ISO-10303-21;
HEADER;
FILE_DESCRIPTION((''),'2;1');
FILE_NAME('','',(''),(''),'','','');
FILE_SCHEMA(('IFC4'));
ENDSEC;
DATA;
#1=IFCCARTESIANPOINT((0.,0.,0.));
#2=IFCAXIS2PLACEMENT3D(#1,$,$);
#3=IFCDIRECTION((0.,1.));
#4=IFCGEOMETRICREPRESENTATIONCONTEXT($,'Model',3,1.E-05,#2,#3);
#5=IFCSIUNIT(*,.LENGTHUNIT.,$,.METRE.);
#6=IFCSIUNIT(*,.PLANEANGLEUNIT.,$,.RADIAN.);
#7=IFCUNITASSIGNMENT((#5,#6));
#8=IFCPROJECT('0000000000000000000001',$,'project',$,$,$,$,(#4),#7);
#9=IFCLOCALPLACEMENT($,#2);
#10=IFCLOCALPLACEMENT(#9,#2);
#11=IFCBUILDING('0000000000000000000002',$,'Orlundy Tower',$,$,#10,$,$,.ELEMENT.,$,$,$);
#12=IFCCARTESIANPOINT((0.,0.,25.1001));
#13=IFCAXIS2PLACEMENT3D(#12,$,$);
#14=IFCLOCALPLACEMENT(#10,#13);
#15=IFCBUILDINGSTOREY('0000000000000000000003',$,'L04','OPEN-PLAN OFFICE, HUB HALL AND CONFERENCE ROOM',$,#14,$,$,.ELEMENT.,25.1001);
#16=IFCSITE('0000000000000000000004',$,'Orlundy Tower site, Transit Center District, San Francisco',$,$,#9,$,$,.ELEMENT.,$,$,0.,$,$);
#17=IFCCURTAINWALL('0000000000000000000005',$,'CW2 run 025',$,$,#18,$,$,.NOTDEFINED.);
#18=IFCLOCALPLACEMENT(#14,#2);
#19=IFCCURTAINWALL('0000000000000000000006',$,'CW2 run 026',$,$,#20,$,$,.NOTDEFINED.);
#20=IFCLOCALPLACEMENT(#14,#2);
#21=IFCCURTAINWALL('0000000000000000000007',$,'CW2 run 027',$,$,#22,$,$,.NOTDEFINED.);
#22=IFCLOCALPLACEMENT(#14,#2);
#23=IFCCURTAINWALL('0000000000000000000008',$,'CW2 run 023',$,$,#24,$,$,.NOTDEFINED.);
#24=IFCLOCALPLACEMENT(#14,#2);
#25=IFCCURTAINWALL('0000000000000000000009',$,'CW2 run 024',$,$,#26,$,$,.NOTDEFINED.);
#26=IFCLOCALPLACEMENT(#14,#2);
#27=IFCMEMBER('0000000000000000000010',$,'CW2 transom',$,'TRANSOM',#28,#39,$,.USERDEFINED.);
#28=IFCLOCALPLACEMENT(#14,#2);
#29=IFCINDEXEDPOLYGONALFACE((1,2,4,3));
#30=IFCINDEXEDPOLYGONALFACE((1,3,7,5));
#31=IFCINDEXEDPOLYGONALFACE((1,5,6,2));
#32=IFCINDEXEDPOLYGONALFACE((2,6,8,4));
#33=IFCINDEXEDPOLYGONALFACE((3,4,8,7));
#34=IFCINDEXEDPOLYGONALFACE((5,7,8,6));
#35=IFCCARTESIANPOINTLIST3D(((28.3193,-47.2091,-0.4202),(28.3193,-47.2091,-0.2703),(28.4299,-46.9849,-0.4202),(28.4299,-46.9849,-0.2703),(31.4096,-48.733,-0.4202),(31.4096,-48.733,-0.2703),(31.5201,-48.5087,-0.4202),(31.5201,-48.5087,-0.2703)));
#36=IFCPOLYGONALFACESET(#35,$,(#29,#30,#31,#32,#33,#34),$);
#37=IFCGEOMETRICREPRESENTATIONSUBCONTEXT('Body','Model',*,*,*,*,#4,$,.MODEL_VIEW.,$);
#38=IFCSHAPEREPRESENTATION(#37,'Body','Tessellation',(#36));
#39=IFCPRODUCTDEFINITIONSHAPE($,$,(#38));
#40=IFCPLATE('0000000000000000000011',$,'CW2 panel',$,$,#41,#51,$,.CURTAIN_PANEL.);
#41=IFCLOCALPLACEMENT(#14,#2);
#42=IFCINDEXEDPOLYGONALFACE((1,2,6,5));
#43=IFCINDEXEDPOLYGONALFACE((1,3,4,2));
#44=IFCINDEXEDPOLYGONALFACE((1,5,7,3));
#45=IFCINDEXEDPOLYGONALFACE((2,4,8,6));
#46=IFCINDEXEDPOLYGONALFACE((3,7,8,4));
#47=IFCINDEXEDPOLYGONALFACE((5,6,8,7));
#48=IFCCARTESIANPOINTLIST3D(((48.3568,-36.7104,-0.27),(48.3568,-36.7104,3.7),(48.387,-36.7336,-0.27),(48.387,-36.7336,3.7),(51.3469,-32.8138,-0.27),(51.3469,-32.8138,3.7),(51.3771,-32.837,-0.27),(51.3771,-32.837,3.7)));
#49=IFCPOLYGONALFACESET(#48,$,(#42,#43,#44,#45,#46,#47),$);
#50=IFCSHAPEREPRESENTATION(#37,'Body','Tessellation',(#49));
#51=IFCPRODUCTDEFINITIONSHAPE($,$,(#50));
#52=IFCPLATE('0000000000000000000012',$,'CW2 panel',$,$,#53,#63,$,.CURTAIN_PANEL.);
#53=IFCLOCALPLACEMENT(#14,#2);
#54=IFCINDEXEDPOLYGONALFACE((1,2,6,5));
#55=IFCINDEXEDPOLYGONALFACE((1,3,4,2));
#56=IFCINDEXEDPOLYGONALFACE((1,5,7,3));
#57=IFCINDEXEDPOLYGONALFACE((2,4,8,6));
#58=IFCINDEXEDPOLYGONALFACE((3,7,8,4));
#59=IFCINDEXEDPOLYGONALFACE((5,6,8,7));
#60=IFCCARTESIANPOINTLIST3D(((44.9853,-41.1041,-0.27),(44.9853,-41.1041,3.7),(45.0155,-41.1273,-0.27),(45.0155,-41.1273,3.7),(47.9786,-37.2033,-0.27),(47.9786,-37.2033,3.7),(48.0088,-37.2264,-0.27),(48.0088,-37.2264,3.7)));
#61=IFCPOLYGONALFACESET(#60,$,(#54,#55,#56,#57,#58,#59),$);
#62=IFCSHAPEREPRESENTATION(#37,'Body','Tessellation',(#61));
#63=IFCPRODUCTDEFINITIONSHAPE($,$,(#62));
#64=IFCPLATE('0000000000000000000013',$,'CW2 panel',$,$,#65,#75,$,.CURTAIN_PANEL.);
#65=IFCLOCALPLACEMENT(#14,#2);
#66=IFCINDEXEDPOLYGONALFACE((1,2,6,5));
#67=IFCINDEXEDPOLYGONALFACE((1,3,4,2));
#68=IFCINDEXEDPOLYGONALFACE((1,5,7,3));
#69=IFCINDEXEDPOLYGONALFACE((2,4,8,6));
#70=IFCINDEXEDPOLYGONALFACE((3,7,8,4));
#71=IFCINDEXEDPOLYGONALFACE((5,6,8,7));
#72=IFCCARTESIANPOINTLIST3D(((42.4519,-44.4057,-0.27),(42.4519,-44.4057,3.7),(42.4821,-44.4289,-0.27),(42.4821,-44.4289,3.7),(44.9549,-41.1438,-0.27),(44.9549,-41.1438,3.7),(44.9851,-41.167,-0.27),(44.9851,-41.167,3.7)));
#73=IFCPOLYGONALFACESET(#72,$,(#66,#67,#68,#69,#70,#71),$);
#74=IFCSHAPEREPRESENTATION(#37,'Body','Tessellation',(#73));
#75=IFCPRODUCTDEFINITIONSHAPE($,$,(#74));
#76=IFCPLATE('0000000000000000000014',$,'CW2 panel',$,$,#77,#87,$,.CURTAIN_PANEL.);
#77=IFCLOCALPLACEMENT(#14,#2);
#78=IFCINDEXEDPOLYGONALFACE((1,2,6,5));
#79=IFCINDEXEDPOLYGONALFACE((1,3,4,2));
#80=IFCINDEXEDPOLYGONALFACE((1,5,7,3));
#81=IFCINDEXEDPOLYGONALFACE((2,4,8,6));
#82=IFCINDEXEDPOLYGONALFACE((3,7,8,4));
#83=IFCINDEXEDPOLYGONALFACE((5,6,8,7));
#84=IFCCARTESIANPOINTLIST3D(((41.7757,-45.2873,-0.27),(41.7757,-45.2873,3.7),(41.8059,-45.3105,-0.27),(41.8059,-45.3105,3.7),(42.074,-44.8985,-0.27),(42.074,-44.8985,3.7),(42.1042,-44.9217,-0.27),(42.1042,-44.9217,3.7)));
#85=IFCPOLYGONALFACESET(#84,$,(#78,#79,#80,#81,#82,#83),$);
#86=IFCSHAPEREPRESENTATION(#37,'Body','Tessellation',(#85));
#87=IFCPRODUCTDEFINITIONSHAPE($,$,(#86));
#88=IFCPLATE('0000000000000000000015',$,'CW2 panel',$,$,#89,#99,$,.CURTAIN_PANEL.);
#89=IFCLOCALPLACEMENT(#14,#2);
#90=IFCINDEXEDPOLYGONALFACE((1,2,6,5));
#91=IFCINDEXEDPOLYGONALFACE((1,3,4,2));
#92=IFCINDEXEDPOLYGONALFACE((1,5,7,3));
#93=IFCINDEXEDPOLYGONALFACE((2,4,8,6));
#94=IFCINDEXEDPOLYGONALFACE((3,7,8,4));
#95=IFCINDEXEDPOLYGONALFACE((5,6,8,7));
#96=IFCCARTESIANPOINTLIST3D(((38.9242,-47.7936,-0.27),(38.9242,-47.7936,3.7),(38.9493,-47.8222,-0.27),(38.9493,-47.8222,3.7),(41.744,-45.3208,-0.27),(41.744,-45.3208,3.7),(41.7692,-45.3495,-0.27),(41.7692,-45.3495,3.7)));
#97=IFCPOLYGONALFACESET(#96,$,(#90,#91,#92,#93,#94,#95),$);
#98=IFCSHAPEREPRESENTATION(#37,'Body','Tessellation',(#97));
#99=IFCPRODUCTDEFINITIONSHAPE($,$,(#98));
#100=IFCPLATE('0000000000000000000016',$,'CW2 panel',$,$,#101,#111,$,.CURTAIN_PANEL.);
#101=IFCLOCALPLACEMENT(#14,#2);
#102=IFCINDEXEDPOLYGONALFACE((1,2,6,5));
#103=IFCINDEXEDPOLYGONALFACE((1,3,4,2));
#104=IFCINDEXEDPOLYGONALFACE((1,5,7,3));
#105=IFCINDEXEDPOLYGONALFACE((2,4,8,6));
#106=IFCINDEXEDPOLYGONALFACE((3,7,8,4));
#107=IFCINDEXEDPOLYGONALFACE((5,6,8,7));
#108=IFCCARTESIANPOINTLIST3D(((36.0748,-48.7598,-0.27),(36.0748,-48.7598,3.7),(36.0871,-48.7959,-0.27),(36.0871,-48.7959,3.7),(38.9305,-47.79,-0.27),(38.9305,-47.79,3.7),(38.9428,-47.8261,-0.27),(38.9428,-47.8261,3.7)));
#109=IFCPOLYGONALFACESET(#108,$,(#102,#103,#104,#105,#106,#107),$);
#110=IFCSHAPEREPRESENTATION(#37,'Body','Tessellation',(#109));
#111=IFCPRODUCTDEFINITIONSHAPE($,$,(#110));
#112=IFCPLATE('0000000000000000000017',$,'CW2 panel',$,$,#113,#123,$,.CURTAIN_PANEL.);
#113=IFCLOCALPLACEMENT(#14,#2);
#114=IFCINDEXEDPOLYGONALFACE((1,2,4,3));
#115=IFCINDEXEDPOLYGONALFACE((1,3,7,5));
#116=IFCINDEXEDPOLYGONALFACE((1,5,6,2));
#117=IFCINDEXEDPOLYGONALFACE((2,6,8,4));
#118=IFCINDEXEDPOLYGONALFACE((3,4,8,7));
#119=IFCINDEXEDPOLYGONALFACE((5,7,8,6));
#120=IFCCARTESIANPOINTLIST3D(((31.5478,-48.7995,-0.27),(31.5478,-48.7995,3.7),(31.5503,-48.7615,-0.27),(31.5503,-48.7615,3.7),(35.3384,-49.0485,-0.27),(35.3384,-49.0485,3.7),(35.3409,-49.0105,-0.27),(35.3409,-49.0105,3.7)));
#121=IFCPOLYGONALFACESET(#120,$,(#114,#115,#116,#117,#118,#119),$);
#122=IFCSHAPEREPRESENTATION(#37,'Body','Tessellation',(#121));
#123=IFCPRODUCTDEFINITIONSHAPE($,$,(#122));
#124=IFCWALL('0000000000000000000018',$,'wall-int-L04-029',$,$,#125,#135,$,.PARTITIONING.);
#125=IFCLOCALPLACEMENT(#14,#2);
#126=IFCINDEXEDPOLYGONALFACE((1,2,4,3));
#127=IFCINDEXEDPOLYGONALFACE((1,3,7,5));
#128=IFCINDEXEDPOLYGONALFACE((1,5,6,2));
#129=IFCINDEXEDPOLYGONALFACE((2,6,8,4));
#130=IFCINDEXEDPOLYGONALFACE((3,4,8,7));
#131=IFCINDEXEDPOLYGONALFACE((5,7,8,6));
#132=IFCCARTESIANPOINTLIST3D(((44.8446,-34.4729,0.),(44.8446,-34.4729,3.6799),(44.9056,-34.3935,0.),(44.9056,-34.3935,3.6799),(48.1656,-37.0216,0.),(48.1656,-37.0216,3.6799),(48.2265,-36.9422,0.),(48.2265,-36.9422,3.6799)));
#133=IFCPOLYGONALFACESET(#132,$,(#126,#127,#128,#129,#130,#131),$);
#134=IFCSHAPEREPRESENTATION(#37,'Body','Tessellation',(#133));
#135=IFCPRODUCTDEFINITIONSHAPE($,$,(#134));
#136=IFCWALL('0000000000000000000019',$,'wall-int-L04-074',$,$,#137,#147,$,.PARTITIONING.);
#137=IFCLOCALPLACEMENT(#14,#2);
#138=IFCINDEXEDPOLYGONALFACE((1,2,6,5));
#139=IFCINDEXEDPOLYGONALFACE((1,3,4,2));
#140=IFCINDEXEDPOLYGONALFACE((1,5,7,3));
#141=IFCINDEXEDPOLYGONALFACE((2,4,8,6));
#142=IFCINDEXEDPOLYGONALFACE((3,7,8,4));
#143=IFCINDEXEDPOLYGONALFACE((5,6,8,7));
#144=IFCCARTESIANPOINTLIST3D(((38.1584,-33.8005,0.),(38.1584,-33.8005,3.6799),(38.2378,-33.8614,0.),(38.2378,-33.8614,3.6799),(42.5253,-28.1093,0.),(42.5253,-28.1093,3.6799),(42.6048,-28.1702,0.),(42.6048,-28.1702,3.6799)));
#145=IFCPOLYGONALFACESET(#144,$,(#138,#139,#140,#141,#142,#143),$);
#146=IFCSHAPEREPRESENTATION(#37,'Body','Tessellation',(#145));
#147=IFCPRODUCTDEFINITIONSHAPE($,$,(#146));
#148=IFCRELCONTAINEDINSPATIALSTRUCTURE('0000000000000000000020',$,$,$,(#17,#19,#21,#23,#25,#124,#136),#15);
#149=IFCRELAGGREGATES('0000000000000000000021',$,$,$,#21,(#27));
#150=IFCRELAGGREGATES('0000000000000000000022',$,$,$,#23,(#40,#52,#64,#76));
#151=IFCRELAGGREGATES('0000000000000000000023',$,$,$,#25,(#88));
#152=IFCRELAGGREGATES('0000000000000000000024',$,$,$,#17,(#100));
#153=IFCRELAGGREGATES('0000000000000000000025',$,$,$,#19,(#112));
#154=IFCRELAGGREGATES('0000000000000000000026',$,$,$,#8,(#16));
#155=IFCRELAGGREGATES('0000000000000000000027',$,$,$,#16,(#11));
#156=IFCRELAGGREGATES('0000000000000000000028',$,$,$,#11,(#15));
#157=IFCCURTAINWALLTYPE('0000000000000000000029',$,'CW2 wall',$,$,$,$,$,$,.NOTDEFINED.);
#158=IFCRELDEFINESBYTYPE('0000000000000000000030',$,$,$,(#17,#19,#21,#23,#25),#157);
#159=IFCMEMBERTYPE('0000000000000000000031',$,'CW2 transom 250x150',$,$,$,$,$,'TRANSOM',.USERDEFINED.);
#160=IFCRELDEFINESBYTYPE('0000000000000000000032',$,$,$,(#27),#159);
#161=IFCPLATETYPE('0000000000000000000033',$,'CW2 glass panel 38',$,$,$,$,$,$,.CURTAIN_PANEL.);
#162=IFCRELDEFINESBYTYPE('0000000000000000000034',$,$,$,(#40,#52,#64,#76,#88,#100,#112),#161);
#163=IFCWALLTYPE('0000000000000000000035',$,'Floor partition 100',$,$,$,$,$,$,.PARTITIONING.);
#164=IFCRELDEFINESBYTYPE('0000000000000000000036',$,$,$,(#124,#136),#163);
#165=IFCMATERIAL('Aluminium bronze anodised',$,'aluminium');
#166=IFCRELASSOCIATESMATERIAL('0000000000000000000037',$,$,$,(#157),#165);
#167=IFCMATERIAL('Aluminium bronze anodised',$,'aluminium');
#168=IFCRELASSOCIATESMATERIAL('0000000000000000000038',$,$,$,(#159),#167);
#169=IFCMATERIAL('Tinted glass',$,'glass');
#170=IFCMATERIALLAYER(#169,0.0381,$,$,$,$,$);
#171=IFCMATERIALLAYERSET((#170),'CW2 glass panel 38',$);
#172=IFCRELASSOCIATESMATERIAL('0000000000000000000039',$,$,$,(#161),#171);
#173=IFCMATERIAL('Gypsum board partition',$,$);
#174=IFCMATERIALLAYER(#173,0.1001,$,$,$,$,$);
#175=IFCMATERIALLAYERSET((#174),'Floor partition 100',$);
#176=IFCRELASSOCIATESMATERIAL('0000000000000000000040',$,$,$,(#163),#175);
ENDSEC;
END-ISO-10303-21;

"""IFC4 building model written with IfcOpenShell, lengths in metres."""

from ifc_helpers import new_model, si_unit, direction, frame, frame_2d, origin, origin_2d, place, context, subcontext, project, spatial, rectangle, extrude, material, layer, layer_set, material_profile, profile_set, type_object, element, aggregate, save


model = new_model("IFC4")

# Units and contexts
model_context = context("Model", 3, precision=1e-05, world=origin(), true_north=direction((0.0, 1.0)))
body_context = subcontext(model_context, "Body", "Model", "MODEL_VIEW")
ifc_project = project(units=[si_unit("LENGTHUNIT", "METRE"), si_unit("PLANEANGLEUNIT", "RADIAN")], contexts=[model_context])

# Site, building, storey
site_placement = place(None, origin())
site = spatial("IfcSite", under=ifc_project, at=site_placement, Name="Orlundy Tower site, Transit Center District, San Francisco", CompositionType="ELEMENT", RefElevation=0.0)
building_placement = place(site_placement, origin())
building = spatial("IfcBuilding", under=site, at=building_placement, Name="Orlundy Tower", CompositionType="ELEMENT")
storey_placement = place(building_placement, frame((0.0, 0.0, 25.1001)))
storey = spatial("IfcBuildingStorey", under=building, at=storey_placement, Name="L04", Description="OPEN-PLAN OFFICE, HUB HALL AND CONFERENCE ROOM", CompositionType="ELEMENT", Elevation=25.1001)

# Curtain walls
ifc_material_1 = material(Name="Aluminium bronze anodised", Category="aluminium")
curtain_wall_type = type_object("IfcCurtainWallType", Name="CW2 wall", PredefinedType="NOTDEFINED", material=ifc_material_1)
curtain_wall_1_placement = place(storey_placement, origin())
curtain_wall_1 = element("IfcCurtainWall", 1, at=curtain_wall_1_placement, inside=storey, type_object=curtain_wall_type, Name="CW2 run 025", PredefinedType="NOTDEFINED")
curtain_wall_2_placement = place(storey_placement, origin())
curtain_wall_2 = element("IfcCurtainWall", 2, at=curtain_wall_2_placement, inside=storey, type_object=curtain_wall_type, Name="CW2 run 026", PredefinedType="NOTDEFINED")
curtain_wall_3_placement = place(storey_placement, origin())
curtain_wall_3 = element("IfcCurtainWall", 3, at=curtain_wall_3_placement, inside=storey, type_object=curtain_wall_type, Name="CW2 run 027", PredefinedType="NOTDEFINED")

# Curtain wall
curtain_wall_4_placement = place(storey_placement, origin())
curtain_wall_4 = element("IfcCurtainWall", 4, at=curtain_wall_4_placement, inside=storey, type_object=curtain_wall_type, Name="CW2 run 023", PredefinedType="NOTDEFINED")

# Curtain wall
curtain_wall_5_placement = place(storey_placement, origin())
curtain_wall_5 = element("IfcCurtainWall", 5, at=curtain_wall_5_placement, inside=storey, type_object=curtain_wall_type, Name="CW2 run 024", PredefinedType="NOTDEFINED")

# Member
ifc_material_2 = material(Name="Aluminium bronze anodised", Category="aluminium")
ifc_material_profile_1 = material_profile(ifc_material_2, rectangle(XDim=0.25, YDim=0.1499, at=origin_2d()), Name="CW2 transom 250x150")
ifc_profile_set_1 = profile_set([ifc_material_profile_1], Name="Aluminium bronze anodised")
member_type_1 = type_object("IfcMemberType", Name="CW2 transom 250x150", ElementType="TRANSOM", PredefinedType="USERDEFINED", material=ifc_profile_set_1)
member_1_placement = place(storey_placement, frame((31.4648, -48.6208, -0.3452), z_axis=(-0.896879, 0.442275, 0.0), x_axis=(-0.442275, -0.896879, 0.0)))
member_1 = element("IfcMember", 6, at=member_1_placement, type_object=member_type_1, Name="CW2 transom", ObjectType="TRANSOM", PredefinedType="USERDEFINED", context=body_context, shape_type="SweptSolid", body=[
    extrude(rectangle(XDim=0.25, YDim=0.1499, at=origin_2d()), origin(), (0.0, 0.0, 1.0), 3.4456),
])
aggregate(curtain_wall_3, [member_1])

# Plates
ifc_material_3 = material(Name="Tinted glass", Category="glass")
ifc_layer_1 = layer(ifc_material_3, 0.0381)
ifc_layer_set_1 = layer_set([ifc_layer_1], Name="CW2 glass panel 38")
plate_type = type_object("IfcPlateType", Name="CW2 glass panel 38", PredefinedType="CURTAIN_PANEL", material=ifc_layer_set_1)
plate_1_placement = place(storey_placement, frame((49.8669, -34.7737, -0.27), z_axis=(0.0, 0.0, 1.0), x_axis=(-0.608771, -0.793346, 0.0)))
plate_1 = element("IfcPlate", 7, at=plate_1_placement, type_object=plate_type, Name="CW2 panel", PredefinedType="CURTAIN_PANEL", context=body_context, shape_type="SweptSolid", body=[
    extrude(rectangle(XDim=4.9116, YDim=0.0381, at=origin_2d()), origin(), (0.0, 0.0, 1.0), 3.97),
])
plate_2_placement = place(storey_placement, frame((46.4971, -39.1653, -0.27), z_axis=(0.0, 0.0, 1.0), x_axis=(-0.608771, -0.793346, 0.0)))
plate_2 = element("IfcPlate", 8, at=plate_2_placement, type_object=plate_type, Name="CW2 panel", PredefinedType="CURTAIN_PANEL", context=body_context, shape_type="SweptSolid", body=[
    extrude(rectangle(XDim=4.917, YDim=0.0381, at=origin_2d()), origin(), (0.0, 0.0, 1.0), 3.97),
])
plate_3_placement = place(storey_placement, frame((43.7185, -42.7864, -0.27), z_axis=(0.0, 0.0, 1.0), x_axis=(-0.608771, -0.793346, 0.0)))
plate_3 = element("IfcPlate", 9, at=plate_3_placement, type_object=plate_type, Name="CW2 panel", PredefinedType="CURTAIN_PANEL", context=body_context, shape_type="SweptSolid", body=[
    extrude(rectangle(XDim=4.1116, YDim=0.0381, at=origin_2d()), origin(), (0.0, 0.0, 1.0), 3.97),
])
plate_4_placement = place(storey_placement, frame((41.9399, -45.1045, -0.27), z_axis=(0.0, 0.0, 1.0), x_axis=(-0.608771, -0.793346, 0.0)))
plate_4 = element("IfcPlate", 10, at=plate_4_placement, type_object=plate_type, Name="CW2 panel", PredefinedType="CURTAIN_PANEL", context=body_context, shape_type="SweptSolid", body=[
    extrude(rectangle(XDim=0.49, YDim=0.0381, at=origin_2d()), origin(), (0.0, 0.0, 1.0), 3.97),
])
aggregate(curtain_wall_4, [plate_1, plate_2, plate_3, plate_4])
plate_5_placement = place(storey_placement, frame((40.3467, -46.5715, -0.27), z_axis=(0.0, 0.0, 1.0), x_axis=(-0.751858, -0.659325, 0.0)))
plate_5 = element("IfcPlate", 11, at=plate_5_placement, type_object=plate_type, Name="CW2 panel", PredefinedType="CURTAIN_PANEL", context=body_context, shape_type="SweptSolid", body=[
    extrude(rectangle(XDim=3.7505, YDim=0.0381, at=origin_2d()), origin(), (0.0, 0.0, 1.0), 3.97),
])
aggregate(curtain_wall_5, [plate_5])
plate_6_placement = place(storey_placement, frame((37.5088, -48.293, -0.27), z_axis=(0.0, 0.0, 1.0), x_axis=(-0.946888, -0.321564, 0.0)))
plate_6 = element("IfcPlate", 12, at=plate_6_placement, type_object=plate_type, Name="CW2 panel", PredefinedType="CURTAIN_PANEL", context=body_context, shape_type="SweptSolid", body=[
    extrude(rectangle(XDim=3.0159, YDim=0.0381, at=origin_2d()), origin(), (0.0, 0.0, 1.0), 3.97),
])
aggregate(curtain_wall_1, [plate_6])
plate_7_placement = place(storey_placement, frame((33.4443, -48.905, -0.27), z_axis=(0.0, 0.0, 1.0), x_axis=(-0.997849, 0.065552, 0.0)))
plate_7 = element("IfcPlate", 13, at=plate_7_placement, type_object=plate_type, Name="CW2 panel", PredefinedType="CURTAIN_PANEL", context=body_context, shape_type="SweptSolid", body=[
    extrude(rectangle(XDim=3.7988, YDim=0.0381, at=origin_2d()), origin(), (0.0, 0.0, 1.0), 3.97),
])
aggregate(curtain_wall_2, [plate_7])

# Walls
ifc_material_4 = material(Name="Gypsum board partition")
ifc_layer_2 = layer(ifc_material_4, 0.1001)
ifc_layer_set_2 = layer_set([ifc_layer_2], Name="Floor partition 100")
wall_type_1 = type_object("IfcWallType", Name="Floor partition 100", PredefinedType="PARTITIONING", material=ifc_layer_set_2)
wall_1_placement = place(storey_placement, frame((44.875, -34.4331, 0.0), z_axis=(0.0, 0.0, 1.0), x_axis=(0.793296, -0.608837, 0.0)))
element("IfcWall", 14, at=wall_1_placement, inside=storey, type_object=wall_type_1, Name="wall-int-L04-029", PredefinedType="PARTITIONING", context=body_context, shape_type="SweptSolid", body=[
    extrude(rectangle(XDim=4.1863, YDim=0.1001, at=frame_2d((2.0933, 0.0))), origin(), (0.0, 0.0, 1.0), 3.6799),
])
wall_2_placement = place(storey_placement, frame((38.198, -33.8311, 0.0), z_axis=(0.0, 0.0, 1.0), x_axis=(0.608758, 0.793356, 0.0)))
element("IfcWall", 15, at=wall_2_placement, inside=storey, type_object=wall_type_1, Name="wall-int-L04-074", PredefinedType="PARTITIONING", context=body_context, shape_type="SweptSolid", body=[
    extrude(rectangle(XDim=7.1736, YDim=0.1001, at=frame_2d((3.5869, 0.0))), origin(), (0.0, 0.0, 1.0), 3.6799),
])

save(model, "model.ifc")
